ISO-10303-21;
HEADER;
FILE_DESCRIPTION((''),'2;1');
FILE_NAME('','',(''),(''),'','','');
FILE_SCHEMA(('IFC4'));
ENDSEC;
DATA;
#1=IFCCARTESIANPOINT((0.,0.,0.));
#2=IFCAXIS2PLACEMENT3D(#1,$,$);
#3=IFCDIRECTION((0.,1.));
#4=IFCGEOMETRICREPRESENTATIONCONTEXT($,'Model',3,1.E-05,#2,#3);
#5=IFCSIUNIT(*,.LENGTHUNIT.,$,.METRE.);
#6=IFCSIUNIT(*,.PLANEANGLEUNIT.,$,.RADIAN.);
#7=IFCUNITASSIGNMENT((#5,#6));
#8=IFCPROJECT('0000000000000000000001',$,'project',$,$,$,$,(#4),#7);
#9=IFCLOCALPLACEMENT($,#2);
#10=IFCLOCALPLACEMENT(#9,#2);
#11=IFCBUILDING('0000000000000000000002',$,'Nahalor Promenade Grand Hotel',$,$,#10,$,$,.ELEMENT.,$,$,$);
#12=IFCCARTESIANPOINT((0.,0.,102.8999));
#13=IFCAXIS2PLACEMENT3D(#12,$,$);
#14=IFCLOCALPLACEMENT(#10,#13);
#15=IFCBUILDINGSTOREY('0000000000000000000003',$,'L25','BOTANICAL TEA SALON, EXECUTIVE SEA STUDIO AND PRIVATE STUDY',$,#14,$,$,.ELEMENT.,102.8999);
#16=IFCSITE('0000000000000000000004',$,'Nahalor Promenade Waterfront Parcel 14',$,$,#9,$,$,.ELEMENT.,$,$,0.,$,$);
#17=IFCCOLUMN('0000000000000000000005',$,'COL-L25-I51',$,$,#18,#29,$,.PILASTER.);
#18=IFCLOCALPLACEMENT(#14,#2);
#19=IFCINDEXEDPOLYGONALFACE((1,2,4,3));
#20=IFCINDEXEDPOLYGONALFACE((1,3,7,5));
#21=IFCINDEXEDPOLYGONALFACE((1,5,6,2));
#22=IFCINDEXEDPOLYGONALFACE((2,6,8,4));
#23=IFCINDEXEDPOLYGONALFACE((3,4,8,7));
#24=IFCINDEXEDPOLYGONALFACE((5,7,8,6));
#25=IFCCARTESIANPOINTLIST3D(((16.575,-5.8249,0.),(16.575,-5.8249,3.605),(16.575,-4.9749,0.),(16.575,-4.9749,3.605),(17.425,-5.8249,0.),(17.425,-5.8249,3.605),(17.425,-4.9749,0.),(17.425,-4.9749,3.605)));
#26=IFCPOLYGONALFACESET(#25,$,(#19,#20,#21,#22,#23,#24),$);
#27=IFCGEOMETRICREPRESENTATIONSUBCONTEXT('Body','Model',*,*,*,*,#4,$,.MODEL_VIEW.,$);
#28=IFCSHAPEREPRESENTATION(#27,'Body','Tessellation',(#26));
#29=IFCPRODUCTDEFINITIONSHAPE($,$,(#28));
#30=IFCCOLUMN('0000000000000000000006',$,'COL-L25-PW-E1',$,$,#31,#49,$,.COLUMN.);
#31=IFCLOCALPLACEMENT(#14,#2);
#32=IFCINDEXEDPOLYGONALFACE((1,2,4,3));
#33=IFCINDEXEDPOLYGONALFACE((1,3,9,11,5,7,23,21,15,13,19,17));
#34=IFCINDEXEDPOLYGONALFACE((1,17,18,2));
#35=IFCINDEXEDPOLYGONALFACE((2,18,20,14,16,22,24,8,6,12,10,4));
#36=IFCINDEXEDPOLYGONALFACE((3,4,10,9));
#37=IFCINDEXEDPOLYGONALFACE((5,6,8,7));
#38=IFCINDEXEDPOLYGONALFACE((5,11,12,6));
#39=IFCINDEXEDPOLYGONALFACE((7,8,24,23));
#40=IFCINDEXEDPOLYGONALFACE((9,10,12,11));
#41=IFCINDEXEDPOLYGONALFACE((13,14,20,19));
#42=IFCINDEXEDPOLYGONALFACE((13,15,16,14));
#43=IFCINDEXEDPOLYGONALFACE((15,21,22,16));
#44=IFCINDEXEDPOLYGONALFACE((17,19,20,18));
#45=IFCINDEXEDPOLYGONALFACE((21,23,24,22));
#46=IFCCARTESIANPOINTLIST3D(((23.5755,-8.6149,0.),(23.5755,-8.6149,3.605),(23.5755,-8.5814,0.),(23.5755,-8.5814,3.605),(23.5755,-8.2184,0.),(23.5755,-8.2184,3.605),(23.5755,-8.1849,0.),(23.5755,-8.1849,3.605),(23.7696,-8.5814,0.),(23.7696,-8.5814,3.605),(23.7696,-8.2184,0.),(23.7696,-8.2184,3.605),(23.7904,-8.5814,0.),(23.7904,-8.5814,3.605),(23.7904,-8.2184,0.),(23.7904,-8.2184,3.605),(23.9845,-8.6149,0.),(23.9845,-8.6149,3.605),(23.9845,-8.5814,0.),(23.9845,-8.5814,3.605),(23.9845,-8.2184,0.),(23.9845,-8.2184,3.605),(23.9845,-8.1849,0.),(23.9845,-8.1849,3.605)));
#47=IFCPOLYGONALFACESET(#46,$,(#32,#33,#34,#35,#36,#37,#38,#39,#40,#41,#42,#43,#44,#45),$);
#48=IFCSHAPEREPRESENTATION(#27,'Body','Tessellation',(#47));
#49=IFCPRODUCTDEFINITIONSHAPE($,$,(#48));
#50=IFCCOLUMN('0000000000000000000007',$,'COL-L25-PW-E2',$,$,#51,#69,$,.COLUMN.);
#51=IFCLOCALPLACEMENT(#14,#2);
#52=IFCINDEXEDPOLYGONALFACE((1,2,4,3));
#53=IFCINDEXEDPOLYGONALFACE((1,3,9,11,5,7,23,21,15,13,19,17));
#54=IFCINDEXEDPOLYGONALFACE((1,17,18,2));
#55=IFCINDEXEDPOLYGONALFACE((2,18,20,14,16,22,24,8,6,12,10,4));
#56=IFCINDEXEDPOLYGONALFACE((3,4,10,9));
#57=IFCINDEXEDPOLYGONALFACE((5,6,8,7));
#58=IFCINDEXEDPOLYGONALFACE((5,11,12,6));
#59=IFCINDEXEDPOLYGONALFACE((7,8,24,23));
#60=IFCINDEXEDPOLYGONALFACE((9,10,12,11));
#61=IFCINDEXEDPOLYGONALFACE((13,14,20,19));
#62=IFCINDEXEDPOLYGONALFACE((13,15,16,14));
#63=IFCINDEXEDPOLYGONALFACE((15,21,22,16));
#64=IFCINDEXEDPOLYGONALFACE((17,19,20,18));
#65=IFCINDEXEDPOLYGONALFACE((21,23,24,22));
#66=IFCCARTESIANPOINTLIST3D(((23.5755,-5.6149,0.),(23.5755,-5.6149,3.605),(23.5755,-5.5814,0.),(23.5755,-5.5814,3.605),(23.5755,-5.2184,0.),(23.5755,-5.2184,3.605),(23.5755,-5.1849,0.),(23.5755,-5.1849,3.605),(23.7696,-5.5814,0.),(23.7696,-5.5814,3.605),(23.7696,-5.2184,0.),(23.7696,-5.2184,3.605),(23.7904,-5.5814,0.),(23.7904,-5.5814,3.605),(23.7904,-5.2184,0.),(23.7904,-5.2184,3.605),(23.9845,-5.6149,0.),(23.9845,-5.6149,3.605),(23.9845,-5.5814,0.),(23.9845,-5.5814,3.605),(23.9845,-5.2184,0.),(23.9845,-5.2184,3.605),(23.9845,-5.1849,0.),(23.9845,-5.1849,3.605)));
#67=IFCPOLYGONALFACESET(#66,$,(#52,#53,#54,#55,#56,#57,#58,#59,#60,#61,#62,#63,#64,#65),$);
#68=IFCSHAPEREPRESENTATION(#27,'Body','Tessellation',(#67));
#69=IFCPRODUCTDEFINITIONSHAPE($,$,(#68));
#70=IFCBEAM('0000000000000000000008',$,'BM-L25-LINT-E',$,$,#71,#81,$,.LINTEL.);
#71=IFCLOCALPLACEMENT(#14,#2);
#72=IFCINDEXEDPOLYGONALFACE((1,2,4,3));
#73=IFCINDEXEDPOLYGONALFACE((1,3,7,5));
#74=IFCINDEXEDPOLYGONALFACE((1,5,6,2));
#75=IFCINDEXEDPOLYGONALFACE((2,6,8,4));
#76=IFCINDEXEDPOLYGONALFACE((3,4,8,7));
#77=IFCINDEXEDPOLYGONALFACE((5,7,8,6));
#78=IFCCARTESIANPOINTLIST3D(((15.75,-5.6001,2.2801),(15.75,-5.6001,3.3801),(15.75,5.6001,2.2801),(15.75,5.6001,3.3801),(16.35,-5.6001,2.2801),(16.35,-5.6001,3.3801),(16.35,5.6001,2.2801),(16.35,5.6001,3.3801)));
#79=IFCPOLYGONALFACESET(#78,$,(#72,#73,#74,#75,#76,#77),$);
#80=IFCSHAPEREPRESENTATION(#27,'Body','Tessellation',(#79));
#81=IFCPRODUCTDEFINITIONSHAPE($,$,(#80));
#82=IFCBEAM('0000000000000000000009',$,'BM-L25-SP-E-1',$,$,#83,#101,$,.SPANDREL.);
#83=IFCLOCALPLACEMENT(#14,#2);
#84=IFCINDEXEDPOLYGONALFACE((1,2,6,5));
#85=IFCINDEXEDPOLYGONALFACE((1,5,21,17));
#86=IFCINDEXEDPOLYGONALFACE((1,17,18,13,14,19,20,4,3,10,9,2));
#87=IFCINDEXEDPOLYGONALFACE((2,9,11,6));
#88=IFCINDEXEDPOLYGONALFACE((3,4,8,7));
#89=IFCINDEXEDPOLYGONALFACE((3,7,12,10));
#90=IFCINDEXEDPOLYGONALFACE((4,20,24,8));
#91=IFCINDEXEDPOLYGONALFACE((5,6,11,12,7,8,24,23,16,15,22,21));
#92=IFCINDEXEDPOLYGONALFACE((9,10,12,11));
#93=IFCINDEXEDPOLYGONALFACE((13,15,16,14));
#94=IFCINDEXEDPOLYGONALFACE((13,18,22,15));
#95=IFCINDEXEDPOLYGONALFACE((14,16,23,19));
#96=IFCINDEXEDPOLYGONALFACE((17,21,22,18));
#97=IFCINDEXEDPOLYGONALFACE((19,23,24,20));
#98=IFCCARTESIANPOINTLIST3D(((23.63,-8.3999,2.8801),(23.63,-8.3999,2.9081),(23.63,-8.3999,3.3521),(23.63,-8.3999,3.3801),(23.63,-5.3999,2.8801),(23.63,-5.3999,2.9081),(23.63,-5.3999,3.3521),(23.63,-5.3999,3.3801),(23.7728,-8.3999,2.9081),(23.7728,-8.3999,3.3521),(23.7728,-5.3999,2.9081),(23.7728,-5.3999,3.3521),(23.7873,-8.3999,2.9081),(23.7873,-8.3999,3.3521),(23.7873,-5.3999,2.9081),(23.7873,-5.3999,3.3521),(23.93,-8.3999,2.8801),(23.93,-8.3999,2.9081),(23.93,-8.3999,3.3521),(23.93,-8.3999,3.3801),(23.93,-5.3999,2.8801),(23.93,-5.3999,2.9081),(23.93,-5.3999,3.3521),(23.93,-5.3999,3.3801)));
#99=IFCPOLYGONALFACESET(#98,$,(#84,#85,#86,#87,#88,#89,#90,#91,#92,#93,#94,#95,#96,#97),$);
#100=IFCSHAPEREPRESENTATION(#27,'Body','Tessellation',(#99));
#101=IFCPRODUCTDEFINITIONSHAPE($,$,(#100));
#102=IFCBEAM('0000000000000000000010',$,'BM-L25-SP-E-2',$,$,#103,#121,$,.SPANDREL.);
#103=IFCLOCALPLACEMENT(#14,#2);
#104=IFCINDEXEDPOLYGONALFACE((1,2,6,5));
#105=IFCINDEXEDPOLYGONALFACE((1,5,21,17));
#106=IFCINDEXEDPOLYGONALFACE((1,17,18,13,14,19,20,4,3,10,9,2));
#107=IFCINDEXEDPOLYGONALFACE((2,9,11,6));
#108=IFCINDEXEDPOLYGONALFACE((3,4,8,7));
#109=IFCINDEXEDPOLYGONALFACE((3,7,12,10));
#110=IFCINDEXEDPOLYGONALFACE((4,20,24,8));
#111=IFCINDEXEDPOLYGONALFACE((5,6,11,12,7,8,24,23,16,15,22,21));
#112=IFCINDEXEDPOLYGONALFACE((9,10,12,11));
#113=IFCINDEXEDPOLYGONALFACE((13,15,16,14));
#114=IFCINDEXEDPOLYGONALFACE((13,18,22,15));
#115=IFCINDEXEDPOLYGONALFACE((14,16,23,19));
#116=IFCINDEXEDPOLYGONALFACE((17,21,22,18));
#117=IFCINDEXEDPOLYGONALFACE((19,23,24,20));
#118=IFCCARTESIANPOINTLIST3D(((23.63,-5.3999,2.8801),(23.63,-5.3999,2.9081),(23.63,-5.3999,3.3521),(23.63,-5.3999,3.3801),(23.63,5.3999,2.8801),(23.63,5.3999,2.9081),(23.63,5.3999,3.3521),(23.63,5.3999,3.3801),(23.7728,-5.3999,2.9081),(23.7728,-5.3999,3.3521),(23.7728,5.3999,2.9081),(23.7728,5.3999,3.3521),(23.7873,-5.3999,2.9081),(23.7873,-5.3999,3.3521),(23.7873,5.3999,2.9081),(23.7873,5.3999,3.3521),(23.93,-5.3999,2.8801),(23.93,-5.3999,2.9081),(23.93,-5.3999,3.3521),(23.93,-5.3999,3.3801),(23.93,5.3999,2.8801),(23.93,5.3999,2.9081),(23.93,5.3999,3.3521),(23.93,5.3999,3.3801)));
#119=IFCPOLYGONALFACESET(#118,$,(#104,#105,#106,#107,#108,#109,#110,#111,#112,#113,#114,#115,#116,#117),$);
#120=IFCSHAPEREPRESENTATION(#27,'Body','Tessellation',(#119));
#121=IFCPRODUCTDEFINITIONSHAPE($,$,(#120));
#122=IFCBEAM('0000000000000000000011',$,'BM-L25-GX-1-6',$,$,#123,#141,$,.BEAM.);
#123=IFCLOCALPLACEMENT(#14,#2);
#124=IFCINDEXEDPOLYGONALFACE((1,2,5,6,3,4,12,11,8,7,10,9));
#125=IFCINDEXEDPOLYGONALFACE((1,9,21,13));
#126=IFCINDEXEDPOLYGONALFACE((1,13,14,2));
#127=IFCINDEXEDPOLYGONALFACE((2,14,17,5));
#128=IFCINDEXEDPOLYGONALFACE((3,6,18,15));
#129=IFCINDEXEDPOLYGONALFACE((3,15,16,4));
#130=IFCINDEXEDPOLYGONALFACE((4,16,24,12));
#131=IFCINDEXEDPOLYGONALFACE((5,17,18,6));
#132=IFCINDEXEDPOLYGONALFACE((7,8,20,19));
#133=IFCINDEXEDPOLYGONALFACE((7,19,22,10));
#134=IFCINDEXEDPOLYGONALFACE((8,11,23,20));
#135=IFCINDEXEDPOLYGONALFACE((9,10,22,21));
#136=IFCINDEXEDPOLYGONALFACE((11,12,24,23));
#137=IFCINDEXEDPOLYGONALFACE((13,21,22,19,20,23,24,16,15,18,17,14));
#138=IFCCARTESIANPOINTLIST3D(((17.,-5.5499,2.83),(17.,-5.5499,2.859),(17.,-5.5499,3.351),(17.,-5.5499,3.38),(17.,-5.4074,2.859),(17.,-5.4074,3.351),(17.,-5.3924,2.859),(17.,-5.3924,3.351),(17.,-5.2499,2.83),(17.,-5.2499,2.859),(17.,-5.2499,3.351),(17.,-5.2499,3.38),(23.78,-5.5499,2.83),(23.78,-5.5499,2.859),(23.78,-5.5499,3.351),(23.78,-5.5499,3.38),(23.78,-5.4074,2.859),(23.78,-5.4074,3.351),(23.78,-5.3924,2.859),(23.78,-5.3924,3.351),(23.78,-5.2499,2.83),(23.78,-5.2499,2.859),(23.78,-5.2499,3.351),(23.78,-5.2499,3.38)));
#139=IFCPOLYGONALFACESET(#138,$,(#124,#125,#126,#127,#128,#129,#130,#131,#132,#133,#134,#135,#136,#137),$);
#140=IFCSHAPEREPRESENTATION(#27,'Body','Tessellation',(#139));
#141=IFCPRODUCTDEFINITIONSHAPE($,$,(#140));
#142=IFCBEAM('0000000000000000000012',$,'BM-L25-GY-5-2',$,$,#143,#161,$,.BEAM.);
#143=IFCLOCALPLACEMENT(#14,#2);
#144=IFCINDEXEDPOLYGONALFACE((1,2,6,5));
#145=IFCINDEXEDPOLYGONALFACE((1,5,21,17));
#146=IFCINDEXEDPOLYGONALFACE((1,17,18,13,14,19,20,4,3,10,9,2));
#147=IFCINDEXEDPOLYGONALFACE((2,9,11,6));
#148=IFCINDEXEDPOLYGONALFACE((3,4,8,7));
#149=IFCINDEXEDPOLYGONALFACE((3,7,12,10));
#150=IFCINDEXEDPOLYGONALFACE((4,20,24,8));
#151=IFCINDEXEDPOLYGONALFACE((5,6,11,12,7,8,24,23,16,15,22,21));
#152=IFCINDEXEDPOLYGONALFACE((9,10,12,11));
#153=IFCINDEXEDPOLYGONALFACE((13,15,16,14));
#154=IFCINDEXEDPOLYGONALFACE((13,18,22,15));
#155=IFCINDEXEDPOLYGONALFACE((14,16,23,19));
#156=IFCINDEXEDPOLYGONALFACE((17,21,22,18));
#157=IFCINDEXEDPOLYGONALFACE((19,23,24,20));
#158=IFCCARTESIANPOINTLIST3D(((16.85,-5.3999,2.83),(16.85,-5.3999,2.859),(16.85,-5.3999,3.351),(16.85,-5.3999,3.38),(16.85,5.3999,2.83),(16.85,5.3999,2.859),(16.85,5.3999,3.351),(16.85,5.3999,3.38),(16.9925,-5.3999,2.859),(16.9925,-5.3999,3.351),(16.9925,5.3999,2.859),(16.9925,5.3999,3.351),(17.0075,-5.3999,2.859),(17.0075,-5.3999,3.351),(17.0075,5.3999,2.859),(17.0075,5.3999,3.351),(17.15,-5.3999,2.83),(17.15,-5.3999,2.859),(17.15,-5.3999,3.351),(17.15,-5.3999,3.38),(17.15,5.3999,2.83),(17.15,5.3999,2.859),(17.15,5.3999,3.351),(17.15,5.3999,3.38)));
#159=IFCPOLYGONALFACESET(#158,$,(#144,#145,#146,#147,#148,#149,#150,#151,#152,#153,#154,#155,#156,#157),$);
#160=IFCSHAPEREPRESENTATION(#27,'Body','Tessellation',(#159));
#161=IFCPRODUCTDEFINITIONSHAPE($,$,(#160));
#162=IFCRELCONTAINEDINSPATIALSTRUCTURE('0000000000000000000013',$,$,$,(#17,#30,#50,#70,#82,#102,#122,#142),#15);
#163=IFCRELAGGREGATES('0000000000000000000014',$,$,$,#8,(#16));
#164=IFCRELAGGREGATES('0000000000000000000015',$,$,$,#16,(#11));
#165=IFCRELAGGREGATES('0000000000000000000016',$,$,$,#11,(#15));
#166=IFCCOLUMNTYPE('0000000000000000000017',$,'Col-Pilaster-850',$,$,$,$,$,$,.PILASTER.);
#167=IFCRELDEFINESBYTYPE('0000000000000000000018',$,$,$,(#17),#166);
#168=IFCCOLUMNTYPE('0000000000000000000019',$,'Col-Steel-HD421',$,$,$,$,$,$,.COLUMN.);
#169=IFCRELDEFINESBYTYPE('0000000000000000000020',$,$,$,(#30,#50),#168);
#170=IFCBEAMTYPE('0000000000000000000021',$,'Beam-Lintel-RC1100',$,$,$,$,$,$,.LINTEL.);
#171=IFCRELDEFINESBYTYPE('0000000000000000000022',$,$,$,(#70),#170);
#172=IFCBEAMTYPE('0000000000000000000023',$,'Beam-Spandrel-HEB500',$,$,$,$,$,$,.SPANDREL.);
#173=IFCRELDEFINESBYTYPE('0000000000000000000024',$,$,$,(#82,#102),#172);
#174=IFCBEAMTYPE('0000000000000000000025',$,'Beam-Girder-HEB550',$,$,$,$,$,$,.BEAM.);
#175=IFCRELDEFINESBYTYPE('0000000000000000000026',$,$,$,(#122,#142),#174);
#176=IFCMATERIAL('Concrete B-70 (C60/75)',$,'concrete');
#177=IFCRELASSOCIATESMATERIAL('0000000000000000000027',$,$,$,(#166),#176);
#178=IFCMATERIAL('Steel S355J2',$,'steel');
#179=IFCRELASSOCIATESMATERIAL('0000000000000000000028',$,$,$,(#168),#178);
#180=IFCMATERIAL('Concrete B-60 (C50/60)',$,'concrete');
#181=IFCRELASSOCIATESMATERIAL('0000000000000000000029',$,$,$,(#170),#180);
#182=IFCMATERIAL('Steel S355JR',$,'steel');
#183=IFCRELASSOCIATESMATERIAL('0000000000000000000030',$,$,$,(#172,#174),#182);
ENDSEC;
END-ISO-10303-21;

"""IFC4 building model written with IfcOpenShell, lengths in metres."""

from ifc_helpers import new_model, si_unit, direction, frame, origin, origin_2d, place, context, subcontext, project, spatial, rectangle, i_section, extrude, source, transform, mapped, material, material_profile, profile_set, type_object, element, save


model = new_model("IFC4")

# Units and contexts
model_context = context("Model", 3, precision=1e-05, world=origin(), true_north=direction((0.0, 1.0)))
body_context = subcontext(model_context, "Body", "Model", "MODEL_VIEW")
ifc_project = project(units=[si_unit("LENGTHUNIT", "METRE"), si_unit("PLANEANGLEUNIT", "RADIAN")], contexts=[model_context])

# Site, building, storey
site_placement = place(None, origin())
site = spatial("IfcSite", under=ifc_project, at=site_placement, Name="Nahalor Promenade Waterfront Parcel 14", CompositionType="ELEMENT", RefElevation=0.0)
building_placement = place(site_placement, origin())
building = spatial("IfcBuilding", under=site, at=building_placement, Name="Nahalor Promenade Grand Hotel", CompositionType="ELEMENT")
storey_placement = place(building_placement, frame((0.0, 0.0, 102.8999)))
storey = spatial("IfcBuildingStorey", under=building, at=storey_placement, Name="L25", Description="BOTANICAL TEA SALON, EXECUTIVE SEA STUDIO AND PRIVATE STUDY", CompositionType="ELEMENT", Elevation=102.8999)

# Columns
ifc_material_1 = material(Name="Concrete B-70 (C60/75)", Category="concrete")
ifc_material_profile_1 = material_profile(ifc_material_1, rectangle(XDim=0.85, YDim=0.85, at=origin_2d()), Name="RC 850x850")
ifc_profile_set_1 = profile_set([ifc_material_profile_1], Name="Concrete B-70 (C60/75)")
column_type_1 = type_object("IfcColumnType", Name="Col-Pilaster-850", PredefinedType="PILASTER", material=ifc_profile_set_1)
shared_shape_1 = source(origin(), body_context, "Body", "SweptSolid", [
    extrude(rectangle(XDim=0.85, YDim=0.85, at=origin_2d()), origin(), (0.0, 0.0, 1.0), 3.605),
])
column_placement = place(storey_placement, frame((17.0, -5.3999, 0.0), z_axis=(0.0, 0.0, 1.0), x_axis=(1.0, 0.0, 0.0)))
element("IfcColumn", 1, at=column_placement, inside=storey, type_object=column_type_1, Name="COL-L25-I51", PredefinedType="PILASTER", context=body_context, shape_type="MappedRepresentation", body=[
    mapped(shared_shape_1, transform((0.0, 0.0, 0.0), scale=1.0)),
])
ifc_material_2 = material(Name="Steel S355J2", Category="steel")
ifc_material_profile_2 = material_profile(ifc_material_2, i_section(OverallWidth=0.409, OverallDepth=0.43, WebThickness=0.0208, FlangeThickness=0.0335, at=origin_2d()), Name="HD 400x421")
ifc_profile_set_2 = profile_set([ifc_material_profile_2], Name="Steel S355J2")
column_type_2 = type_object("IfcColumnType", Name="Col-Steel-HD421", PredefinedType="COLUMN", material=ifc_profile_set_2)
shared_shape_2 = source(origin(), body_context, "Body", "SweptSolid", [
    extrude(i_section(OverallWidth=0.409, OverallDepth=0.43, WebThickness=0.0208, FlangeThickness=0.0335, at=origin_2d()), origin(), (0.0, 0.0, 1.0), 3.605),
])
for number, where, z_axis, x_axis, name in (
    (2, (23.78, -8.3999, 0.0), (0.0, 0.0, 1.0), (1.0, 0.0, 0.0), "COL-L25-PW-E1"),
    (3, (23.78, -5.3999, 0.0), (0.0, 0.0, 1.0), (1.0, 0.0, 0.0), "COL-L25-PW-E2"),
):
    element("IfcColumn", number, at=place(storey_placement, frame(where, z_axis=z_axis, x_axis=x_axis)), inside=storey, type_object=column_type_2, Name=name, PredefinedType="COLUMN", context=body_context, shape_type="MappedRepresentation", body=[
        mapped(shared_shape_2, transform((0.0, 0.0, 0.0), scale=1.0)),
    ])

# Beams
ifc_material_3 = material(Name="Concrete B-60 (C50/60)", Category="concrete")
ifc_material_profile_3 = material_profile(ifc_material_3, rectangle(XDim=0.6, YDim=1.1, at=origin_2d()), Name="RC 600x1100")
ifc_profile_set_3 = profile_set([ifc_material_profile_3], Name="Concrete B-60 (C50/60)")
beam_type_1 = type_object("IfcBeamType", Name="Beam-Lintel-RC1100", PredefinedType="LINTEL", material=ifc_profile_set_3)
shared_shape_3 = source(origin(), body_context, "Body", "SweptSolid", [
    extrude(rectangle(XDim=0.6, YDim=1.1, at=origin_2d()), origin(), (0.0, 0.0, 1.0), 11.2002),
])
beam_1_placement = place(storey_placement, frame((16.05, -5.6001, 2.8301), z_axis=(0.0, 1.0, 0.0), x_axis=(-1.0, 0.0, 0.0)))
element("IfcBeam", 4, at=beam_1_placement, inside=storey, type_object=beam_type_1, Name="BM-L25-LINT-E", PredefinedType="LINTEL", context=body_context, shape_type="MappedRepresentation", body=[
    mapped(shared_shape_3, transform((0.0, 0.0, 0.0), scale=1.0)),
])
ifc_material_4 = material(Name="Steel S355JR", Category="steel")
ifc_material_profile_4 = material_profile(ifc_material_4, i_section(OverallWidth=0.3, OverallDepth=0.5, WebThickness=0.0145, FlangeThickness=0.028, at=origin_2d()), Name="HEB 500")
ifc_profile_set_4 = profile_set([ifc_material_profile_4], Name="Steel S355JR")
beam_type_2 = type_object("IfcBeamType", Name="Beam-Spandrel-HEB500", PredefinedType="SPANDREL", material=ifc_profile_set_4)
shared_shape_4 = source(origin(), body_context, "Body", "SweptSolid", [
    extrude(i_section(OverallWidth=0.3, OverallDepth=0.5, WebThickness=0.0145, FlangeThickness=0.028, at=origin_2d()), origin(), (0.0, 0.0, 1.0), 3.0),
])
beam_2_placement = place(storey_placement, frame((23.78, -8.3999, 3.1301), z_axis=(0.0, 1.0, 0.0), x_axis=(-1.0, 0.0, 0.0)))
element("IfcBeam", 5, at=beam_2_placement, inside=storey, type_object=beam_type_2, Name="BM-L25-SP-E-1", PredefinedType="SPANDREL", context=body_context, shape_type="MappedRepresentation", body=[
    mapped(shared_shape_4, transform((0.0, 0.0, 0.0), scale=1.0)),
])
shared_shape_5 = source(origin(), body_context, "Body", "SweptSolid", [
    extrude(i_section(OverallWidth=0.3, OverallDepth=0.5, WebThickness=0.0145, FlangeThickness=0.028, at=origin_2d()), origin(), (0.0, 0.0, 1.0), 10.7998),
])
beam_3_placement = place(storey_placement, frame((23.78, -5.3999, 3.1301), z_axis=(0.0, 1.0, 0.0), x_axis=(-1.0, 0.0, 0.0)))
element("IfcBeam", 6, at=beam_3_placement, inside=storey, type_object=beam_type_2, Name="BM-L25-SP-E-2", PredefinedType="SPANDREL", context=body_context, shape_type="MappedRepresentation", body=[
    mapped(shared_shape_5, transform((0.0, 0.0, 0.0), scale=1.0)),
])
ifc_material_profile_5 = material_profile(ifc_material_4, i_section(OverallWidth=0.3, OverallDepth=0.55, WebThickness=0.015, FlangeThickness=0.029, at=origin_2d()), Name="HEB 550")
ifc_profile_set_5 = profile_set([ifc_material_profile_5], Name="Steel S355JR")
beam_type_3 = type_object("IfcBeamType", Name="Beam-Girder-HEB550", PredefinedType="BEAM", material=ifc_profile_set_5)
shared_shape_6 = source(origin(), body_context, "Body", "SweptSolid", [
    extrude(i_section(OverallWidth=0.3, OverallDepth=0.55, WebThickness=0.015, FlangeThickness=0.029, at=origin_2d()), origin(), (0.0, 0.0, 1.0), 6.78),
])
beam_4_placement = place(storey_placement, frame((17.0, -5.3999, 3.105), z_axis=(1.0, 0.0, 0.0), x_axis=(0.0, 1.0, 0.0)))
element("IfcBeam", 7, at=beam_4_placement, inside=storey, type_object=beam_type_3, Name="BM-L25-GX-1-6", PredefinedType="BEAM", context=body_context, shape_type="MappedRepresentation", body=[
    mapped(shared_shape_6, transform((0.0, 0.0, 0.0), scale=1.0)),
])
shared_shape_7 = source(origin(), body_context, "Body", "SweptSolid", [
    extrude(i_section(OverallWidth=0.3, OverallDepth=0.55, WebThickness=0.015, FlangeThickness=0.029, at=origin_2d()), origin(), (0.0, 0.0, 1.0), 10.7998),
])
beam_5_placement = place(storey_placement, frame((17.0, -5.3999, 3.105), z_axis=(0.0, 1.0, 0.0), x_axis=(-1.0, 0.0, 0.0)))
element("IfcBeam", 8, at=beam_5_placement, inside=storey, type_object=beam_type_3, Name="BM-L25-GY-5-2", PredefinedType="BEAM", context=body_context, shape_type="MappedRepresentation", body=[
    mapped(shared_shape_7, transform((0.0, 0.0, 0.0), scale=1.0)),
])

save(model, "model.ifc")
